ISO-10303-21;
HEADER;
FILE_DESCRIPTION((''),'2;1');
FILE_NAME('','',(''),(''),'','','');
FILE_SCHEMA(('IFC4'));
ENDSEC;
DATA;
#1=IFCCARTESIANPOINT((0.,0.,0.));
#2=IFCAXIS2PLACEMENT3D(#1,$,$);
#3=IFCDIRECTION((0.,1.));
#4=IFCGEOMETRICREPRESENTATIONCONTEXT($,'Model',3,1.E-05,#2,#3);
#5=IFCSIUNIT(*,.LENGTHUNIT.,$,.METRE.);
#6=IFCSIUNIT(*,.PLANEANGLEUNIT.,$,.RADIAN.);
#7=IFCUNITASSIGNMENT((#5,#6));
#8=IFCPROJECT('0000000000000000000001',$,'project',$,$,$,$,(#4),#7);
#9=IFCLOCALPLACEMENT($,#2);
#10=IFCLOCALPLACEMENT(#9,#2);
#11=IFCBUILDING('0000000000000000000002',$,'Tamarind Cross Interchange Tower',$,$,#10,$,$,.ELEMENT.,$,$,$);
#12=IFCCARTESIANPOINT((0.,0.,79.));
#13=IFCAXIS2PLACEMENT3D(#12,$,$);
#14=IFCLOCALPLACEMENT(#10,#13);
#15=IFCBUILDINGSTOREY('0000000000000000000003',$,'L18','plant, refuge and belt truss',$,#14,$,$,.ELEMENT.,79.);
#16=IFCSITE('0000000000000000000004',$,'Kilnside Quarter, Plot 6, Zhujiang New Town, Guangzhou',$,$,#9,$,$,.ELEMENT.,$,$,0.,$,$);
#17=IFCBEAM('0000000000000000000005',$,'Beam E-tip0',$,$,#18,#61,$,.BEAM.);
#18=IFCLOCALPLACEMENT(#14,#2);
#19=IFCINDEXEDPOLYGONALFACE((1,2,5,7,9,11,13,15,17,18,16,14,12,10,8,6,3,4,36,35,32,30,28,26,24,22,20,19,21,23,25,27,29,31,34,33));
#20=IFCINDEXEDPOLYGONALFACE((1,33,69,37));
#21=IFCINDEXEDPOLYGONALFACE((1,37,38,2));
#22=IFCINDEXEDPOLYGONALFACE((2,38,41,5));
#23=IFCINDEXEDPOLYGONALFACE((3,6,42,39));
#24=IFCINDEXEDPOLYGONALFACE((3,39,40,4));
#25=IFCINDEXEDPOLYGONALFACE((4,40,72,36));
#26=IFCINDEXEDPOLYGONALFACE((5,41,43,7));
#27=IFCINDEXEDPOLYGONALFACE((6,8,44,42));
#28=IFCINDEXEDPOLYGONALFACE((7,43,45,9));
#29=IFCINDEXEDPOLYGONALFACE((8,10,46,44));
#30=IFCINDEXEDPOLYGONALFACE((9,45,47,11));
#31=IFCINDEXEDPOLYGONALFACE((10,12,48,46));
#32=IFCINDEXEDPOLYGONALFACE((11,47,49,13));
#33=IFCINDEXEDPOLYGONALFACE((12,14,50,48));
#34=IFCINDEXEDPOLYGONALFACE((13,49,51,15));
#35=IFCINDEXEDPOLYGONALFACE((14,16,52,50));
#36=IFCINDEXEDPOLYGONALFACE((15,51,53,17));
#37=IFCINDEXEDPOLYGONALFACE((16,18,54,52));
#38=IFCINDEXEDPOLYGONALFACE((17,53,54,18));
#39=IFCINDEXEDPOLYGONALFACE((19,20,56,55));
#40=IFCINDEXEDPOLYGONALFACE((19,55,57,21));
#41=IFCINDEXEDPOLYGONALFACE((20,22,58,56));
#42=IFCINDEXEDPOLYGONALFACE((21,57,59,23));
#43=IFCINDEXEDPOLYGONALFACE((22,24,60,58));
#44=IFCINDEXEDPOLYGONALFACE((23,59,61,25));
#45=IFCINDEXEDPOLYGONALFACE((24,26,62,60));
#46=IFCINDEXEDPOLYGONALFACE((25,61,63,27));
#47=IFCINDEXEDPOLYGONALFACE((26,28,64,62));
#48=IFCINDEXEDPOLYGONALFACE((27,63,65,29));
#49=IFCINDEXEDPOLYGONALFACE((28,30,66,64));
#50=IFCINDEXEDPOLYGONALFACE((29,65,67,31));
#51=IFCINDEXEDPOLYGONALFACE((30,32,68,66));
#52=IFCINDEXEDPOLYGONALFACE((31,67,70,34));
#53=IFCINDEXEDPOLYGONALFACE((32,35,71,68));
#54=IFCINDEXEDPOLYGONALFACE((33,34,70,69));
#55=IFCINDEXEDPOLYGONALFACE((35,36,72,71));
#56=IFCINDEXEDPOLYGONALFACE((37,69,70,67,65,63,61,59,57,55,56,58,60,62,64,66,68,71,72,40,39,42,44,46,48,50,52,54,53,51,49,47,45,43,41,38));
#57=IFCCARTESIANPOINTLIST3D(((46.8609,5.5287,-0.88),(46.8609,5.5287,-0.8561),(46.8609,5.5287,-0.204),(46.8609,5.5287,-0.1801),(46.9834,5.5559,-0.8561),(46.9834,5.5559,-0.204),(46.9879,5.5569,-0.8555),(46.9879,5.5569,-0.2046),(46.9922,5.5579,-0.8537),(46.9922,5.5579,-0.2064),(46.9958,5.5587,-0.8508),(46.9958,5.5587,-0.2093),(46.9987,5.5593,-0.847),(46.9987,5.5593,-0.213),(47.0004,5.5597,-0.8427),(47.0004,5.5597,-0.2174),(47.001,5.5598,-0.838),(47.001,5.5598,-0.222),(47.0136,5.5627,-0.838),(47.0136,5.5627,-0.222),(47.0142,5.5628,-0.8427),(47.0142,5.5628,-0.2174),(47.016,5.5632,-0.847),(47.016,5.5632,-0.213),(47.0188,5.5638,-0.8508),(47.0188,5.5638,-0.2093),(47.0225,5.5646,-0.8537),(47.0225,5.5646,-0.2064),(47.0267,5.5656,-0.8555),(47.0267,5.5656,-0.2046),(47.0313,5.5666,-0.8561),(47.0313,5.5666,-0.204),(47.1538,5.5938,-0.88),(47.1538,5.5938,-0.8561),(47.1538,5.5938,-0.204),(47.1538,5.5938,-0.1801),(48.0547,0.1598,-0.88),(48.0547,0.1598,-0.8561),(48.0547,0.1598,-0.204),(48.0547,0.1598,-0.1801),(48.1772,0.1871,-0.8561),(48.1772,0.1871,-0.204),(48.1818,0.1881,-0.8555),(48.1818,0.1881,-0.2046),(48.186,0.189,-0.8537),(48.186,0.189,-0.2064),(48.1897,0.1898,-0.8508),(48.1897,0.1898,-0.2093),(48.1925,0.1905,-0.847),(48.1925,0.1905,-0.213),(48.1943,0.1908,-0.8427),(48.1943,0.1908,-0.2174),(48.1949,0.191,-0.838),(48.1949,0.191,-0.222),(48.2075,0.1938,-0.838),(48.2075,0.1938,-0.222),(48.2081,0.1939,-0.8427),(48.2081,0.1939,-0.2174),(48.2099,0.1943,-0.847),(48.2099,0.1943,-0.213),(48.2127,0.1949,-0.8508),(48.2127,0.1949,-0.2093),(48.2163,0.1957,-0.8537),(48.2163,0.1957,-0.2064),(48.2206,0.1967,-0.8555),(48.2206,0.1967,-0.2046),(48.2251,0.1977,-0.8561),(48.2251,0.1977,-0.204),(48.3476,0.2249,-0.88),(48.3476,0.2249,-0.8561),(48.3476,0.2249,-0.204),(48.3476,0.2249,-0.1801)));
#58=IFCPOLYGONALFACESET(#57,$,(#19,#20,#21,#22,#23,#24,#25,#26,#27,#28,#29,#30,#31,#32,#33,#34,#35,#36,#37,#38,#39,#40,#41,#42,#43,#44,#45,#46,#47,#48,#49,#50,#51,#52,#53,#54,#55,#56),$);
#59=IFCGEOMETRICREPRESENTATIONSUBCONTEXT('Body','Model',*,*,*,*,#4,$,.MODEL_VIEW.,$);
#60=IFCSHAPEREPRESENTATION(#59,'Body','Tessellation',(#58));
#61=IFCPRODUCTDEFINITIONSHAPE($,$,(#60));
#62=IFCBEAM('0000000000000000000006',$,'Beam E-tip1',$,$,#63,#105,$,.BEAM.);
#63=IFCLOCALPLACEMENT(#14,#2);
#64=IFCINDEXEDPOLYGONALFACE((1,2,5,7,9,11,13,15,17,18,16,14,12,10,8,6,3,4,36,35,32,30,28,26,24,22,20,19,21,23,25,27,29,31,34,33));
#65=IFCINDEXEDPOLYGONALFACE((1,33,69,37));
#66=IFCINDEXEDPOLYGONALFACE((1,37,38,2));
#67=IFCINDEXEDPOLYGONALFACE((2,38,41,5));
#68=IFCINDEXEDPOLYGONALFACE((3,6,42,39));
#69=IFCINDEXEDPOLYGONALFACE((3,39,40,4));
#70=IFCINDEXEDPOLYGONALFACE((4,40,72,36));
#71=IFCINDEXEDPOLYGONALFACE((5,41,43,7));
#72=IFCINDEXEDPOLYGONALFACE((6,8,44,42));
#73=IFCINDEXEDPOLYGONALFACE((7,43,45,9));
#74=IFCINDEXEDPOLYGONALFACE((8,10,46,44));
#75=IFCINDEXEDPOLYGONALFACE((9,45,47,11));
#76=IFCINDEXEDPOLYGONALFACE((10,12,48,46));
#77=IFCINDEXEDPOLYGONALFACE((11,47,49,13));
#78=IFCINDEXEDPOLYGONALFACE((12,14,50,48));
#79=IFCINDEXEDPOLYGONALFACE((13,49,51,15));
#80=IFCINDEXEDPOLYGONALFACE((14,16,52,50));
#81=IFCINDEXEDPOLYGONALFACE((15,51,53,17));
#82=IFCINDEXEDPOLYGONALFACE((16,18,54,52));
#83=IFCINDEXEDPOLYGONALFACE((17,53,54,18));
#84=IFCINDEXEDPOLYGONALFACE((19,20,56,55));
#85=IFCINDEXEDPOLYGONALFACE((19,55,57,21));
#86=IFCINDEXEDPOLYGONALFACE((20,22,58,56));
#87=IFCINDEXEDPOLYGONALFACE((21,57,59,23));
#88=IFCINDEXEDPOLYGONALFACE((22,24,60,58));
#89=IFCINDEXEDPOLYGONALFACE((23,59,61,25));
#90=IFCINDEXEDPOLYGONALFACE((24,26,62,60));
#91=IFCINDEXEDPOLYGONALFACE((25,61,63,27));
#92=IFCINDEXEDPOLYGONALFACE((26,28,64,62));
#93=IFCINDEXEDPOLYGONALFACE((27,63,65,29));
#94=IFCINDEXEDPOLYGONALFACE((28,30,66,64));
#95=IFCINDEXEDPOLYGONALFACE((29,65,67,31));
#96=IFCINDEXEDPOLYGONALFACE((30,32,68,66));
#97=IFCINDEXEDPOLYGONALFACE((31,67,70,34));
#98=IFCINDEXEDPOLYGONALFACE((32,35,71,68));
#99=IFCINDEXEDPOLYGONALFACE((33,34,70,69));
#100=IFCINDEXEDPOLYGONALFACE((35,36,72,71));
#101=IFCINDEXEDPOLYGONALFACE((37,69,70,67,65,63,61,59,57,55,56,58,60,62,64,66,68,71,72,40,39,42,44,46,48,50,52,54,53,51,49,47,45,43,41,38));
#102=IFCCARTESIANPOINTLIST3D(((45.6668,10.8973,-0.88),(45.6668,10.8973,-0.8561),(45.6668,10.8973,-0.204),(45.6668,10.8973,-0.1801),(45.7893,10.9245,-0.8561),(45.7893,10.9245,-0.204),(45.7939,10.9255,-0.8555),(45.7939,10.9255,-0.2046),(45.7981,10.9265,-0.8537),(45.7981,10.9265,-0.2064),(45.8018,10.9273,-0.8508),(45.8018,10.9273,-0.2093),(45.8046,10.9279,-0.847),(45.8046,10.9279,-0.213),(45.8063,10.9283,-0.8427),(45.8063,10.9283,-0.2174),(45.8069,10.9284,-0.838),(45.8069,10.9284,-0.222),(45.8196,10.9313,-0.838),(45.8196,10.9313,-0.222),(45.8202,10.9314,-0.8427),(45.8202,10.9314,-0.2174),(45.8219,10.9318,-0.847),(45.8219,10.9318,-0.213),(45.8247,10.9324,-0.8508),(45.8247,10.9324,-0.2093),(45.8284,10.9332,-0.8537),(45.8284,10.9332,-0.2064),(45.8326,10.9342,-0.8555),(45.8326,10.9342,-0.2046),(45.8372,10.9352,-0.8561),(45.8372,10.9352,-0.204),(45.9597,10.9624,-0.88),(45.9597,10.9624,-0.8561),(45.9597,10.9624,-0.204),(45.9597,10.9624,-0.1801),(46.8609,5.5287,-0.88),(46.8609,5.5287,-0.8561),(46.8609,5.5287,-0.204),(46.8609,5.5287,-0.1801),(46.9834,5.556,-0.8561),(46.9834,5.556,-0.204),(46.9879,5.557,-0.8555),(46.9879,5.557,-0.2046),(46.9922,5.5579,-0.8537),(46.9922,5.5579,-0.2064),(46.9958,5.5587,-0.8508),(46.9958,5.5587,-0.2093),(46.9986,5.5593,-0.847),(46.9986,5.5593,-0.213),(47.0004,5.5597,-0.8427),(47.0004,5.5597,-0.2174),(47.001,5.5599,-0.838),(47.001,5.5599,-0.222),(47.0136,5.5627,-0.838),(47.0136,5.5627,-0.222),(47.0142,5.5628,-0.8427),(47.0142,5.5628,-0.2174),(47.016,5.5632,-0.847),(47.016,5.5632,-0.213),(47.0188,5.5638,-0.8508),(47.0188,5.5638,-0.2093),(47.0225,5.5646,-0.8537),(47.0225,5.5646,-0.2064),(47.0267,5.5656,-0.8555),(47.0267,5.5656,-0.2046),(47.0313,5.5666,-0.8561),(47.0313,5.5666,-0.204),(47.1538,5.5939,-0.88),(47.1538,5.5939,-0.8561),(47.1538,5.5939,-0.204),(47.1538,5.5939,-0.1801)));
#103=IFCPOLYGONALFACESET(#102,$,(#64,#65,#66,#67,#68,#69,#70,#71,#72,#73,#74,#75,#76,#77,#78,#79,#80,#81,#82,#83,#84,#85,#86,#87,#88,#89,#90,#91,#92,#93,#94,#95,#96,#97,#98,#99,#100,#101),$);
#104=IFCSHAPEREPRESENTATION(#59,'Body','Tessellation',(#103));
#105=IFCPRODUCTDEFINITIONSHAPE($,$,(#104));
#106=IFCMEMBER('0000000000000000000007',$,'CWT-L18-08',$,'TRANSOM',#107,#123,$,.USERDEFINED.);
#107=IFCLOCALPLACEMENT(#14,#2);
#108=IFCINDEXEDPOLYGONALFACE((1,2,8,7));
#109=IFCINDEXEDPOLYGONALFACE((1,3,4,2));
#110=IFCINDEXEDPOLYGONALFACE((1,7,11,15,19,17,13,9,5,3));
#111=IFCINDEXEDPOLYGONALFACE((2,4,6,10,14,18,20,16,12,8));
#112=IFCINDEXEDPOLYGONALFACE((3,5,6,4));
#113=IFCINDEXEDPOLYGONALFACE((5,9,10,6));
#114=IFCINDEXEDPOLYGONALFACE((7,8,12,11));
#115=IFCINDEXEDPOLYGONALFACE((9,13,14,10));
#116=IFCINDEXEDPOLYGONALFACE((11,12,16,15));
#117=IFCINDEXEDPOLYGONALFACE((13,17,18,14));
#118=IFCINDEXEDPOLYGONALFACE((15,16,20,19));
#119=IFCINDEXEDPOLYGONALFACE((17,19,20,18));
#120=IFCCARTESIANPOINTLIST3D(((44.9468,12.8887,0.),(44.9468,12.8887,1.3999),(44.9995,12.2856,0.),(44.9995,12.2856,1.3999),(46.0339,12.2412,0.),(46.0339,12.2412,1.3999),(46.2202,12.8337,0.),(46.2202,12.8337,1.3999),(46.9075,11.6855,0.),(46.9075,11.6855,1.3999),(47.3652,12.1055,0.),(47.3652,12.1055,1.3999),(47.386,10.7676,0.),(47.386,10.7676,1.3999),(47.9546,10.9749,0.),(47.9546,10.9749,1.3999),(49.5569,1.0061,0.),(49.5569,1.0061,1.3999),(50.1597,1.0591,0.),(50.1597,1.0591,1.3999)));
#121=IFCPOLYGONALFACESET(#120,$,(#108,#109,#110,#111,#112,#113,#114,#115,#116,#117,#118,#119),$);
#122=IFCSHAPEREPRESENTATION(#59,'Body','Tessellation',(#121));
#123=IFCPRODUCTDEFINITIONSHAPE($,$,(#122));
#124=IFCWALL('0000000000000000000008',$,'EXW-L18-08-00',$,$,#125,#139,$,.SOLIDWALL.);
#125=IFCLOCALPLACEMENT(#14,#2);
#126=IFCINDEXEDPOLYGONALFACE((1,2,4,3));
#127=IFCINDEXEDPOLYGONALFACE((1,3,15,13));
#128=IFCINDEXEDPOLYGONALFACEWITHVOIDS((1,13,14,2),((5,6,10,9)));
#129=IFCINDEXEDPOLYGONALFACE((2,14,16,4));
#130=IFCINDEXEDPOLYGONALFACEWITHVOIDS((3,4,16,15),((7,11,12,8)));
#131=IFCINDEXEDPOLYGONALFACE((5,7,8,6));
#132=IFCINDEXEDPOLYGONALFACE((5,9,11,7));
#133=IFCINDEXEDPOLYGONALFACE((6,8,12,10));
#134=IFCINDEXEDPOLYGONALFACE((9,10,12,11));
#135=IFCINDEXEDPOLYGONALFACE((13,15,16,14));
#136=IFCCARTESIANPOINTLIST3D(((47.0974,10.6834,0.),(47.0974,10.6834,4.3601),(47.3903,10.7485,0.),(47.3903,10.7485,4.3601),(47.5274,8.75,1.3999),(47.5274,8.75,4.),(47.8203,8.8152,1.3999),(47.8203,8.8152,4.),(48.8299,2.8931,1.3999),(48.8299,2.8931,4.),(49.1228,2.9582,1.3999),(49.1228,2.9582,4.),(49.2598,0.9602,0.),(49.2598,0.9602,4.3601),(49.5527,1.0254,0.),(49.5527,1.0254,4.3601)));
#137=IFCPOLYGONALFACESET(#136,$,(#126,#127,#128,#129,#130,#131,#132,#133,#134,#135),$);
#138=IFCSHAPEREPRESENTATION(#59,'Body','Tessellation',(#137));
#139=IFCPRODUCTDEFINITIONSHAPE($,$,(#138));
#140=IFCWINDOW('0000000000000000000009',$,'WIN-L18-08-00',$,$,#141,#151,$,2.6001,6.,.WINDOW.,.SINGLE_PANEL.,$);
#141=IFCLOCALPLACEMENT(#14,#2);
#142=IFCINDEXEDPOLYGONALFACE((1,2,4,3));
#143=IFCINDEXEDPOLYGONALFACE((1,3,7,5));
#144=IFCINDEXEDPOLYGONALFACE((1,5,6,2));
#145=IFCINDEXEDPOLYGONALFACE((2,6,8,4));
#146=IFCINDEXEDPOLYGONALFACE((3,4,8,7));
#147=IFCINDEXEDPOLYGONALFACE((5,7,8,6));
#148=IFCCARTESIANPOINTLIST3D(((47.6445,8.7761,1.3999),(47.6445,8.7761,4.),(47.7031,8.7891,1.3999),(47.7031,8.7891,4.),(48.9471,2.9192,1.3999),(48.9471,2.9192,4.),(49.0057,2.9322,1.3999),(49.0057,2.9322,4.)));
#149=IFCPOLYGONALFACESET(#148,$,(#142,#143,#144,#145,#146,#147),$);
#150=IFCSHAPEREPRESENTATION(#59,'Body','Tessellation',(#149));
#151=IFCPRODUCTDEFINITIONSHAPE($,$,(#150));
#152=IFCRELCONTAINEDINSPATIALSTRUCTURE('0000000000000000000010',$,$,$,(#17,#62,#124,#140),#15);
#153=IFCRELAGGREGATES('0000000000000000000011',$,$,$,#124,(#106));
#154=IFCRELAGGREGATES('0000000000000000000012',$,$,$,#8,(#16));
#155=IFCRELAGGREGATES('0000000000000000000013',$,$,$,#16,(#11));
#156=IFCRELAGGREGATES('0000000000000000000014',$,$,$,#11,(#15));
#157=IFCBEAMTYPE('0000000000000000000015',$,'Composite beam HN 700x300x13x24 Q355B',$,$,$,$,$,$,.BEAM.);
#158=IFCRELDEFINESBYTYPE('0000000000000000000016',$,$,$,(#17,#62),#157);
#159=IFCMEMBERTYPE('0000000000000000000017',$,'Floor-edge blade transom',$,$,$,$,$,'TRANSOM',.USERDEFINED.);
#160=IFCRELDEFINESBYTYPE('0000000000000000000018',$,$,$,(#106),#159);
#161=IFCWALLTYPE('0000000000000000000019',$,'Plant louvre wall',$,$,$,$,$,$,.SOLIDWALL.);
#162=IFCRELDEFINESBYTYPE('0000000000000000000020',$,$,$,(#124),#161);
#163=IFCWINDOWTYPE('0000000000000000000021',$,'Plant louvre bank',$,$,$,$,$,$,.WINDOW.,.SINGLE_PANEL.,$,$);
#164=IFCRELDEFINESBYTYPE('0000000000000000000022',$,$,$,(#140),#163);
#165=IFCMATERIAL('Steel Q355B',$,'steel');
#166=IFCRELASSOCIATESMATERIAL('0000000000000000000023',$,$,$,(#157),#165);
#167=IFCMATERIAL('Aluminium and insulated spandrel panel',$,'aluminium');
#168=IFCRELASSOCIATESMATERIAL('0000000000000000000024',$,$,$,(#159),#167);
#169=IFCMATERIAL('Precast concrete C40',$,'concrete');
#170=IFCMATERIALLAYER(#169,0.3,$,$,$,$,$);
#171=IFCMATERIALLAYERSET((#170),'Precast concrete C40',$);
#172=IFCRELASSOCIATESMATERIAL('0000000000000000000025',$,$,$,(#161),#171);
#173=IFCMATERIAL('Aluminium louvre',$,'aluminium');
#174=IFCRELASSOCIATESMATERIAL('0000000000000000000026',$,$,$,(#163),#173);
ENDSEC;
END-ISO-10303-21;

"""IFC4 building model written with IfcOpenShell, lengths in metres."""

from ifc_helpers import new_model, si_unit, direction, frame, frame_2d, origin, origin_2d, place, context, subcontext, project, spatial, polyline, rectangle, i_section, outline, extrude, material, layer, layer_set, material_profile, profile_set, type_object, element, fill, aggregate, save


model = new_model("IFC4")

# Units and contexts
model_context = context("Model", 3, precision=1e-05, world=origin(), true_north=direction((0.0, 1.0)))
body_context = subcontext(model_context, "Body", "Model", "MODEL_VIEW")
ifc_project = project(units=[si_unit("LENGTHUNIT", "METRE"), si_unit("PLANEANGLEUNIT", "RADIAN")], contexts=[model_context])

# Site, building, storey
site_placement = place(None, origin())
site = spatial("IfcSite", under=ifc_project, at=site_placement, Name="Kilnside Quarter, Plot 6, Zhujiang New Town, Guangzhou", CompositionType="ELEMENT", RefElevation=0.0)
building_placement = place(site_placement, origin())
building = spatial("IfcBuilding", under=site, at=building_placement, Name="Tamarind Cross Interchange Tower", CompositionType="ELEMENT")
storey_placement = place(building_placement, frame((0.0, 0.0, 79.0)))
storey = spatial("IfcBuildingStorey", under=building, at=storey_placement, Name="L18", Description="plant, refuge and belt truss", CompositionType="ELEMENT", Elevation=79.0)

# Beams
ifc_material_1 = material(Name="Steel Q355B", Category="steel")
ifc_material_profile_1 = material_profile(ifc_material_1, i_section(OverallWidth=0.3, OverallDepth=0.7, WebThickness=0.0129, FlangeThickness=0.0239, FilletRadius=0.0181, at=origin_2d()), Name="HN 700x300x13x24")
ifc_profile_set_1 = profile_set([ifc_material_profile_1], Name="Steel Q355B")
beam_type_1 = type_object("IfcBeamType", Name="Composite beam HN 700x300x13x24 Q355B", PredefinedType="BEAM", material=ifc_profile_set_1)
beam_1_placement = place(storey_placement, frame((48.2012, 0.1924, -0.53), z_axis=(-0.217062, 0.976158, 0.0), x_axis=(-0.976158, -0.217062, 0.0)))
element("IfcBeam", 1, at=beam_1_placement, inside=storey, type_object=beam_type_1, Name="Beam E-tip0", PredefinedType="BEAM", context=body_context, shape_type="SweptSolid", body=[
    extrude(i_section(OverallWidth=0.3, OverallDepth=0.7, WebThickness=0.0129, FlangeThickness=0.0239, FilletRadius=0.0181, at=origin_2d()), origin(), (0.0, 0.0, 1.0), 5.5),
])
beam_2_placement = place(storey_placement, frame((47.0073, 5.5613, -0.53), z_axis=(-0.217114, 0.976146, 0.0), x_axis=(-0.976146, -0.217114, 0.0)))
element("IfcBeam", 2, at=beam_2_placement, inside=storey, type_object=beam_type_1, Name="Beam E-tip1", PredefinedType="BEAM", context=body_context, shape_type="SweptSolid", body=[
    extrude(i_section(OverallWidth=0.3, OverallDepth=0.7, WebThickness=0.0129, FlangeThickness=0.0239, FilletRadius=0.0181, at=origin_2d()), origin(), (0.0, 0.0, 1.0), 5.4998),
])

# Member
ifc_material_2 = material(Name="Aluminium and insulated spandrel panel", Category="aluminium")
member_type_1 = type_object("IfcMemberType", Name="Floor-edge blade transom", ElementType="TRANSOM", PredefinedType="USERDEFINED", material=ifc_material_2)
member_1_placement = place(storey_placement, origin())
member_1 = element("IfcMember", 3, at=member_1_placement, type_object=member_type_1, Name="CWT-L18-08", ObjectType="TRANSOM", PredefinedType="USERDEFINED", context=body_context, shape_type="SweptSolid", body=[
    extrude(outline(polyline([(49.5569, 1.0061), (47.386, 10.7676), (46.9075, 11.6855), (46.0339, 12.2412), (44.9995, 12.2856), (44.9468, 12.8887), (46.2202, 12.8337), (47.3652, 12.1055), (47.9546, 10.9749), (50.1597, 1.0591), (49.5569, 1.0061)])), origin(), (0.0, 0.0, 1.0), 1.3999),
])

# Wall, opening, window
ifc_material_3 = material(Name="Precast concrete C40", Category="concrete")
ifc_layer = layer(ifc_material_3, 0.3)
ifc_layer_set = layer_set([ifc_layer], Name="Precast concrete C40")
wall_type = type_object("IfcWallType", Name="Plant louvre wall", PredefinedType="SOLIDWALL", material=ifc_layer_set)
wall_1_placement = place(storey_placement, frame((49.4062, 0.9927, 0.0), z_axis=(0.0, 0.0, 1.0), x_axis=(-0.217089, 0.976152, 0.0)))
wall_1 = element("IfcWall", 4, at=wall_1_placement, inside=storey, type_object=wall_type, Name="EXW-L18-08-00", PredefinedType="SOLIDWALL", context=body_context, shape_type="SweptSolid", body=[
    extrude(rectangle(XDim=9.9607, YDim=0.3, at=frame_2d((4.9805, 0.0))), origin(), (0.0, 0.0, 1.0), 4.3601),
])
opening_1_placement = place(wall_1_placement, frame((1.9802, 0.0, 1.3999)))
opening_1 = element("IfcOpeningElement", 5, at=opening_1_placement, cuts=wall_1, PredefinedType="OPENING", context=body_context, shape_type="SweptSolid", body=[
    extrude(rectangle(XDim=6.0, YDim=2.6001, at=frame_2d((3.0, 1.3))), frame((0.0, 0.1599, 0.0), z_axis=(0.0, -1.0, 0.0), x_axis=(1.0, 0.0, 0.0)), (0.0, 0.0, 1.0), 0.3201),
])
ifc_material_4 = material(Name="Aluminium louvre", Category="aluminium")
window_type_1 = type_object("IfcWindowType", Name="Plant louvre bank", PartitioningType="SINGLE_PANEL", PredefinedType="WINDOW", material=ifc_material_4)
window_1_placement = place(opening_1_placement, origin())
window_1 = element("IfcWindow", 6, at=window_1_placement, inside=storey, type_object=window_type_1, Name="WIN-L18-08-00", OverallHeight=2.6001, OverallWidth=6.0, PartitioningType="SINGLE_PANEL", PredefinedType="WINDOW", context=body_context, shape_type="SweptSolid", body=[
    extrude(rectangle(XDim=6.0, YDim=2.6001, at=frame_2d((3.0, 1.3))), frame((0.0, 0.03, 0.0), z_axis=(0.0, -1.0, 0.0), x_axis=(1.0, 0.0, 0.0)), (0.0, 0.0, 1.0), 0.0601),
])
fill(opening_1, window_1)
aggregate(wall_1, [member_1])

save(model, "model.ifc")
